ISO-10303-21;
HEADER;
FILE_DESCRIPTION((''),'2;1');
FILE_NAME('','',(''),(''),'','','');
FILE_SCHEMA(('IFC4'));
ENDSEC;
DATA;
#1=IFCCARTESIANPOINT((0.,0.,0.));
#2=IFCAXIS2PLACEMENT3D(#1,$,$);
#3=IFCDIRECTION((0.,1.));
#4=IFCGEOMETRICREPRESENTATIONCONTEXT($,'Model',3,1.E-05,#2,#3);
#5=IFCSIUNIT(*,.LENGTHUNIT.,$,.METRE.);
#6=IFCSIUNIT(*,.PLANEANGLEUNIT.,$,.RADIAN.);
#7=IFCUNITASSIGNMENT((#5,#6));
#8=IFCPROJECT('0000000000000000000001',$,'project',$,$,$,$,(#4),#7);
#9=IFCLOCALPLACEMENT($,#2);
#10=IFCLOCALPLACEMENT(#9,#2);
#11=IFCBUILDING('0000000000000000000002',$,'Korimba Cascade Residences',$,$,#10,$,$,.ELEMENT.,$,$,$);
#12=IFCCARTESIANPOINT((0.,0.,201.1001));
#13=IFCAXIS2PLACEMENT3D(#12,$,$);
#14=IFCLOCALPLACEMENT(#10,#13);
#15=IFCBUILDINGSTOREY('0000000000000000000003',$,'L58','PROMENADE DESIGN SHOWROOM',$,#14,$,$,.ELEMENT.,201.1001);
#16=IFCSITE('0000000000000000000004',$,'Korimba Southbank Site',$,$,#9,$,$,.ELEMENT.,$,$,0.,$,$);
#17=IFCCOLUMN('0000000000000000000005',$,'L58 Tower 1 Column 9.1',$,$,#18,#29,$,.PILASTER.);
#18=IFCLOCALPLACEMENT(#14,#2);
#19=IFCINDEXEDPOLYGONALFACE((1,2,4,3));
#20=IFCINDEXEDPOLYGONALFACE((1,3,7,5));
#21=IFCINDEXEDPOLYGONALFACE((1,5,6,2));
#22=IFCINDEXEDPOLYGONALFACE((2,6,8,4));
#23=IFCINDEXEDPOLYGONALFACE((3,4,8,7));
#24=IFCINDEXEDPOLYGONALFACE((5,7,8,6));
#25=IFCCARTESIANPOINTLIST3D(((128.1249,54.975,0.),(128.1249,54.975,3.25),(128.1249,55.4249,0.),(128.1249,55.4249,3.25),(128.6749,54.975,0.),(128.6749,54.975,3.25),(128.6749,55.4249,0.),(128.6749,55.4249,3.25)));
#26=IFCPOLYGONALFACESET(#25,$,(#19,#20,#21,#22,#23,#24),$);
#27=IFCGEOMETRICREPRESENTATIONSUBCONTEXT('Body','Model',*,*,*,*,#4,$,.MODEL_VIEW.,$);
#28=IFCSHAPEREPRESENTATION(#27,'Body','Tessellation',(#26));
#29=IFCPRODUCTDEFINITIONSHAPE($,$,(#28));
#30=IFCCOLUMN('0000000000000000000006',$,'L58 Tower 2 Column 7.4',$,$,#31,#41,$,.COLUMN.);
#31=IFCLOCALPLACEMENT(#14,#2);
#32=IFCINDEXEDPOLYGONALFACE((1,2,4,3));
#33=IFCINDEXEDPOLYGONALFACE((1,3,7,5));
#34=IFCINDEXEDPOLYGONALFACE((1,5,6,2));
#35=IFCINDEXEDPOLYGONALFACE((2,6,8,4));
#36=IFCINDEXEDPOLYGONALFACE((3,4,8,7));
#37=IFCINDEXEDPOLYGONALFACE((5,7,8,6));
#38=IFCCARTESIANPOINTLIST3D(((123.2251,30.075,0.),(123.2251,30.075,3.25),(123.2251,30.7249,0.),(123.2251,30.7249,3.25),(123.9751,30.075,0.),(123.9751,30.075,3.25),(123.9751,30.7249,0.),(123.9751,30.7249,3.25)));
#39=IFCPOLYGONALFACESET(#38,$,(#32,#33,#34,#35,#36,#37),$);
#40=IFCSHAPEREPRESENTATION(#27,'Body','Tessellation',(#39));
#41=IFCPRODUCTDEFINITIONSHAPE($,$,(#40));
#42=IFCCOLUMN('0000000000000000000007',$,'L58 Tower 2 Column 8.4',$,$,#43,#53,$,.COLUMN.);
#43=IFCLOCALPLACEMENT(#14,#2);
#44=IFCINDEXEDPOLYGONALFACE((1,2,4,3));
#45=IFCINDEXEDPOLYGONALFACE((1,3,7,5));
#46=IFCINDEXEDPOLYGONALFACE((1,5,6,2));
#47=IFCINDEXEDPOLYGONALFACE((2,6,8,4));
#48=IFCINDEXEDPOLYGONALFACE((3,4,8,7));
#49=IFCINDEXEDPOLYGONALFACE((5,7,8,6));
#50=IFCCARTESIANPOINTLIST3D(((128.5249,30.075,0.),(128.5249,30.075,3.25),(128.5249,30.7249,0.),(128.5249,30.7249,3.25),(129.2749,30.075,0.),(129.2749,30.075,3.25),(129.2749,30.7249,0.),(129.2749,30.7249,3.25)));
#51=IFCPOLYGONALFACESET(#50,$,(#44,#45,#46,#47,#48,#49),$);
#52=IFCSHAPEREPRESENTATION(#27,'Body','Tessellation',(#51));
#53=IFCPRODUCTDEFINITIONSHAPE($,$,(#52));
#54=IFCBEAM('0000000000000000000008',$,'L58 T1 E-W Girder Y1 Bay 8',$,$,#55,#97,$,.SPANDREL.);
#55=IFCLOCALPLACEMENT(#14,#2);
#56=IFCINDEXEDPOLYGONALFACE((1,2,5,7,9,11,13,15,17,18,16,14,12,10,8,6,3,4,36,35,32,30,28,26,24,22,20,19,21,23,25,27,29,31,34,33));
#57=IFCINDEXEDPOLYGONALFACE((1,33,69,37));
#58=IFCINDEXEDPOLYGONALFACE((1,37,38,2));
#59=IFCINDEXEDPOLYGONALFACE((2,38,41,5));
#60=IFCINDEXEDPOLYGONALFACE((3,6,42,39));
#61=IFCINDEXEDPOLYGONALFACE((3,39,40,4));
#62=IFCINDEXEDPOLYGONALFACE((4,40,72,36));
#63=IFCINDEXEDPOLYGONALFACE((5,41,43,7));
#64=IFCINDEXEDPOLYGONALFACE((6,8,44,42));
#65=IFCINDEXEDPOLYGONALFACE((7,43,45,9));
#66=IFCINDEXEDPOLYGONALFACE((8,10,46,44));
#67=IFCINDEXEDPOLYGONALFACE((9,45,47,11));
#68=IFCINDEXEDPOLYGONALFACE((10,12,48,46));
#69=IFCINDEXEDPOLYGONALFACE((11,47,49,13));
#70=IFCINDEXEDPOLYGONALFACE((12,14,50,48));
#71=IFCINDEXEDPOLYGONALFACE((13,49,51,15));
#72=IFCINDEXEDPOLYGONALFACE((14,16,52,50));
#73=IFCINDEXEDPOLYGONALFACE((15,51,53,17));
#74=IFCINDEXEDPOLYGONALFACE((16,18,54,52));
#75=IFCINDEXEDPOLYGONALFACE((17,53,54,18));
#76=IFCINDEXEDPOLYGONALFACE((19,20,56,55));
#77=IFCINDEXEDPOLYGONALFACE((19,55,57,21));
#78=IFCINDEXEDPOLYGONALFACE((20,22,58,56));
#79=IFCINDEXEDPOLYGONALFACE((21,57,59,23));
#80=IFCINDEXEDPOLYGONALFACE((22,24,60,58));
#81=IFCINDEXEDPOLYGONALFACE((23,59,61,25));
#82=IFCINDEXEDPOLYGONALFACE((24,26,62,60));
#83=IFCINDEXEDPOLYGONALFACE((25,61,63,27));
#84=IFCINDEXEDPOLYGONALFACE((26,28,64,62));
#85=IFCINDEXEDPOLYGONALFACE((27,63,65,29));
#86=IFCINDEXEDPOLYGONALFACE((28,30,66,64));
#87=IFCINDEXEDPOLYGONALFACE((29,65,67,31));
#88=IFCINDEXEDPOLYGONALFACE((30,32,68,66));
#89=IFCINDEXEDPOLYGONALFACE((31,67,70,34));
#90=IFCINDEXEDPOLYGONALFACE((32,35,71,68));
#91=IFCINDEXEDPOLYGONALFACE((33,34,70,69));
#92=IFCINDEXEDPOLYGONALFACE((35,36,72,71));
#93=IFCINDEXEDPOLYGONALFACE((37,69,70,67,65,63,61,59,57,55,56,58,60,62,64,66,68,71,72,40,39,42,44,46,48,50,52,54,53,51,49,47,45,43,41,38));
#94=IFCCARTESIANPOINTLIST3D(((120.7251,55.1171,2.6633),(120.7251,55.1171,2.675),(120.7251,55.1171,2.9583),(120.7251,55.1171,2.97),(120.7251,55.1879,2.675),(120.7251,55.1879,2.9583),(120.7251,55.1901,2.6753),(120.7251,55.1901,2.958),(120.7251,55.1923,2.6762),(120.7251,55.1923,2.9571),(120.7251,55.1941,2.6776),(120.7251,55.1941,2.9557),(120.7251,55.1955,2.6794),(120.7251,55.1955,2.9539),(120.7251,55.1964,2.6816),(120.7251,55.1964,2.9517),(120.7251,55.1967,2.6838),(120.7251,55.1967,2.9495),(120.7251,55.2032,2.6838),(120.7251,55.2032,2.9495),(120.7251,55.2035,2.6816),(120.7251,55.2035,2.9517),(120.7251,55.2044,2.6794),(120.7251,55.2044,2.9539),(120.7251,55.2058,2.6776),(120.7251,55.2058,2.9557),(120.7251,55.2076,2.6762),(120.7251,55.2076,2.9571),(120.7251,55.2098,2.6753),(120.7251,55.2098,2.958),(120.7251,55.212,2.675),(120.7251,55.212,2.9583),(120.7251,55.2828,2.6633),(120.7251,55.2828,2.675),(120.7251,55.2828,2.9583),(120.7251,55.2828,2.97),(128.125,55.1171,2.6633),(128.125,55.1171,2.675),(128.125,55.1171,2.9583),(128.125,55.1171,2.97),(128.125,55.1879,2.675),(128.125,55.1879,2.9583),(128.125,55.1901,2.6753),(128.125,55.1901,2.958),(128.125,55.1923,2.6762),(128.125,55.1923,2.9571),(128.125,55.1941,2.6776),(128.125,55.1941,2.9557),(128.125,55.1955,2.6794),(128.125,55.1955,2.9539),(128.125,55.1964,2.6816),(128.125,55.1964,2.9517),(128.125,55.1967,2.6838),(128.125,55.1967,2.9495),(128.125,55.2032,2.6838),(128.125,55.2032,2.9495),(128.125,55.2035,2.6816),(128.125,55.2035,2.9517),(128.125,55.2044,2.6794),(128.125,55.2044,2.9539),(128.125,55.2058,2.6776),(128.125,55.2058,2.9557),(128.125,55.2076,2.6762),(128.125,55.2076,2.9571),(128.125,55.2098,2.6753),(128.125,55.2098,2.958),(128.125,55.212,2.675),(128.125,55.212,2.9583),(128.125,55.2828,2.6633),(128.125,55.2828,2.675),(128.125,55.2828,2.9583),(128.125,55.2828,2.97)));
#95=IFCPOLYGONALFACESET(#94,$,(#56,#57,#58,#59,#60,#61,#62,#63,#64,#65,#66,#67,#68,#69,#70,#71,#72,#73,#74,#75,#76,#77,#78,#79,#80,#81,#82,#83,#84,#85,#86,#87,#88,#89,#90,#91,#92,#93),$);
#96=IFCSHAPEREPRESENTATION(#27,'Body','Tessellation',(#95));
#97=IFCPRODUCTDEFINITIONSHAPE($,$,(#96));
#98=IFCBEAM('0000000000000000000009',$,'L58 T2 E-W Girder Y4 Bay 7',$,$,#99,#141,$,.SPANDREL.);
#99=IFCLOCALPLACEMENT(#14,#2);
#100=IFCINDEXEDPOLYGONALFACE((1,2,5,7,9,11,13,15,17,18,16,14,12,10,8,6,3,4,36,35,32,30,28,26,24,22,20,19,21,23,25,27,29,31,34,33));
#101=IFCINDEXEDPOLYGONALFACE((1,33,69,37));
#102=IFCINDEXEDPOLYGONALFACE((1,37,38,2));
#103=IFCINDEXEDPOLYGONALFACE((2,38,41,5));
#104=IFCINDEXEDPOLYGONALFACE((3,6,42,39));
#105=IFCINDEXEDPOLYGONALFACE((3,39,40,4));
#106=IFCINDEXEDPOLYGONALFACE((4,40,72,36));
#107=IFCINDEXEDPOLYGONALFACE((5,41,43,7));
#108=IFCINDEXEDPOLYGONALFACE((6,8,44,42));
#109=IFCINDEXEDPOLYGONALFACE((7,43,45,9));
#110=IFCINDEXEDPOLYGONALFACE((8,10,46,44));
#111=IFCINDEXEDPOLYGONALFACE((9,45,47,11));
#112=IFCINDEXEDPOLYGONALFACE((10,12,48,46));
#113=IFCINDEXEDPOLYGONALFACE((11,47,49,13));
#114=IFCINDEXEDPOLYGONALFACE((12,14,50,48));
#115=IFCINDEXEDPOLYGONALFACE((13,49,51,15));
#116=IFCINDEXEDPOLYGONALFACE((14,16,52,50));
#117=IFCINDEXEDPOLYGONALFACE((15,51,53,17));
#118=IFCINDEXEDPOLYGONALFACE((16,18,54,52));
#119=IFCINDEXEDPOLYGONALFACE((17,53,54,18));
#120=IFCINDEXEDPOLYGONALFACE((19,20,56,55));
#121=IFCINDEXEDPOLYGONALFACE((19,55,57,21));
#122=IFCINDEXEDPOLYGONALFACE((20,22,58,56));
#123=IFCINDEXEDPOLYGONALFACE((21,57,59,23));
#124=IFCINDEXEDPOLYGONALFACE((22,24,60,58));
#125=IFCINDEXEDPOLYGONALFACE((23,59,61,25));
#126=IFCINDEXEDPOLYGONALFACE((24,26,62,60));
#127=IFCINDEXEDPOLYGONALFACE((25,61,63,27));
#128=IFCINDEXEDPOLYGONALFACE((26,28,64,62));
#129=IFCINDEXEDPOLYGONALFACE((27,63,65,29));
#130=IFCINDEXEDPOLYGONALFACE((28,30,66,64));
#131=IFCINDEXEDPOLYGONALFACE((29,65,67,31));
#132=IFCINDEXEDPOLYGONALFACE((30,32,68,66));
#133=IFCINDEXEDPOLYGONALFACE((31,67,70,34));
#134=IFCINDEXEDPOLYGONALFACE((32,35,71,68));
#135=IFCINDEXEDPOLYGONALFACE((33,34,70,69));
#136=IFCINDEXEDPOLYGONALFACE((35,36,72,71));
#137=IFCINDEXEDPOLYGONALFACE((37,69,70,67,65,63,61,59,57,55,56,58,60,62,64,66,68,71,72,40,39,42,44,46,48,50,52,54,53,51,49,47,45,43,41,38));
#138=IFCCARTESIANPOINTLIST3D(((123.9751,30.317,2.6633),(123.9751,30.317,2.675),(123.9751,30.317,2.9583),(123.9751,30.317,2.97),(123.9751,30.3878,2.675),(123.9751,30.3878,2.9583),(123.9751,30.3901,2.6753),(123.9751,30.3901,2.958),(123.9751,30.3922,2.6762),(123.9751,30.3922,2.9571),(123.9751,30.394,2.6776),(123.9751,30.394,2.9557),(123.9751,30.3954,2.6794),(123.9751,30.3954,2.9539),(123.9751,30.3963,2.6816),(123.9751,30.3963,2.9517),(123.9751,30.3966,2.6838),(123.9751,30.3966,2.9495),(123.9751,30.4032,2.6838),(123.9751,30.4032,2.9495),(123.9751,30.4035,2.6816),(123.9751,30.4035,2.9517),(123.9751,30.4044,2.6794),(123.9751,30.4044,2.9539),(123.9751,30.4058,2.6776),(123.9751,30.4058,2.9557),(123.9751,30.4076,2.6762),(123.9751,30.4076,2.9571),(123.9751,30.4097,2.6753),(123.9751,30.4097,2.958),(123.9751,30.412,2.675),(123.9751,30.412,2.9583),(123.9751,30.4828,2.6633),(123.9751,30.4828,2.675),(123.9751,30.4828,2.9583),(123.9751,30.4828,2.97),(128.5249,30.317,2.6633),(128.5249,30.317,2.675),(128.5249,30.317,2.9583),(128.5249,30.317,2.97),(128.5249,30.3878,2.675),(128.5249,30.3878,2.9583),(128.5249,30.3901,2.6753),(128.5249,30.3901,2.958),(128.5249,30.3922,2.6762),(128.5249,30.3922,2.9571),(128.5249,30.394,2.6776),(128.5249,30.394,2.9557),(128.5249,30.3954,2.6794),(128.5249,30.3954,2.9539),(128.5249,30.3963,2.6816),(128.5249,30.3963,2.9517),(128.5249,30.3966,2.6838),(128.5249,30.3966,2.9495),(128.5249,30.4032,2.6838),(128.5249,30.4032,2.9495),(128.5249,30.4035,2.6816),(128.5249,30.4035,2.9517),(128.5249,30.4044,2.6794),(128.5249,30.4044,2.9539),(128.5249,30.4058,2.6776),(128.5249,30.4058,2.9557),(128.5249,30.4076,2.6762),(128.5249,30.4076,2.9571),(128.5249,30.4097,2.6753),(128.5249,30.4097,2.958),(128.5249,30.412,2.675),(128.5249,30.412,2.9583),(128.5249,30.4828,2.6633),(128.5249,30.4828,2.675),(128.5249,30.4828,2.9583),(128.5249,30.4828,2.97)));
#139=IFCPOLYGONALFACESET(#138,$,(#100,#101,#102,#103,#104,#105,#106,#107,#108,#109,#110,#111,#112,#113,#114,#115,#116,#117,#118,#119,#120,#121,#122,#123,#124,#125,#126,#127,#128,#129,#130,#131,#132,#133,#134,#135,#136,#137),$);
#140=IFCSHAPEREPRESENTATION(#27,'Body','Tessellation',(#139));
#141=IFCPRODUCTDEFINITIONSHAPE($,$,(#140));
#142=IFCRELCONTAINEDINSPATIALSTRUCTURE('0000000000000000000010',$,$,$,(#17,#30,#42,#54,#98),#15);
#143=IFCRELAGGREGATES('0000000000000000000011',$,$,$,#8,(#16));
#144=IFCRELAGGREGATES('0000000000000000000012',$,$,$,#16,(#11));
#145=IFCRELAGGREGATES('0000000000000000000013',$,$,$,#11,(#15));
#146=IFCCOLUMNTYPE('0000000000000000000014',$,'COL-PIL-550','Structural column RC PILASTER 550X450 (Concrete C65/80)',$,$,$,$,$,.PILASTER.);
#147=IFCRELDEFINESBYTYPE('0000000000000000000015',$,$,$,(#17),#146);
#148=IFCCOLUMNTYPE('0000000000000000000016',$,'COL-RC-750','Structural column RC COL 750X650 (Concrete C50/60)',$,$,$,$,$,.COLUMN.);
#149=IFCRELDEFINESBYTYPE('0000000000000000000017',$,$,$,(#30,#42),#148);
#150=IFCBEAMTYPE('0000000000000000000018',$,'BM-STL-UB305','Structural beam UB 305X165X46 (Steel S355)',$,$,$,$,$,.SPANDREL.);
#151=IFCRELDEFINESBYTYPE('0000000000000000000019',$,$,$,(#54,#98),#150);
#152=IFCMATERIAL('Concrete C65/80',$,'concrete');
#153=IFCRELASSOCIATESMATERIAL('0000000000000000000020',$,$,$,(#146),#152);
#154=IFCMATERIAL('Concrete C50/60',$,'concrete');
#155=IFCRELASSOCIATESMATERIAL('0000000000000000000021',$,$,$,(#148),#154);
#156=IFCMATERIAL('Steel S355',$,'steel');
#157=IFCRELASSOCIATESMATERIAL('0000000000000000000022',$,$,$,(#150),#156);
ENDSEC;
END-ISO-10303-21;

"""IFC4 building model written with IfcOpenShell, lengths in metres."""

from ifc_helpers import new_model, si_unit, direction, frame, origin, origin_2d, place, context, subcontext, project, spatial, rectangle, i_section, extrude, material, material_profile, profile_set, type_object, element, save


model = new_model("IFC4")

# Units and contexts
model_context = context("Model", 3, precision=1e-05, world=origin(), true_north=direction((0.0, 1.0)))
body_context = subcontext(model_context, "Body", "Model", "MODEL_VIEW")
ifc_project = project(units=[si_unit("LENGTHUNIT", "METRE"), si_unit("PLANEANGLEUNIT", "RADIAN")], contexts=[model_context])

# Site, building, storey
site_placement = place(None, origin())
site = spatial("IfcSite", under=ifc_project, at=site_placement, Name="Korimba Southbank Site", CompositionType="ELEMENT", RefElevation=0.0)
building_placement = place(site_placement, origin())
building = spatial("IfcBuilding", under=site, at=building_placement, Name="Korimba Cascade Residences", CompositionType="ELEMENT")
storey_placement = place(building_placement, frame((0.0, 0.0, 201.1001)))
storey = spatial("IfcBuildingStorey", under=building, at=storey_placement, Name="L58", Description="PROMENADE DESIGN SHOWROOM", CompositionType="ELEMENT", Elevation=201.1001)

# Columns
ifc_material_1 = material(Name="Concrete C65/80", Category="concrete")
ifc_material_profile_1 = material_profile(ifc_material_1, rectangle(XDim=0.55, YDim=0.45, at=origin_2d()), Name="Concrete C65/80")
ifc_profile_set_1 = profile_set([ifc_material_profile_1], Name="Concrete C65/80")
column_type_1 = type_object("IfcColumnType", Name="COL-PIL-550", Description="Structural column RC PILASTER 550X450 (Concrete C65/80)", PredefinedType="PILASTER", material=ifc_profile_set_1)
column_placement = place(storey_placement, frame((128.3999, 55.2, 0.0), z_axis=(0.0, 0.0, 1.0), x_axis=(1.0, 0.0, 0.0)))
element("IfcColumn", 1, at=column_placement, inside=storey, type_object=column_type_1, Name="L58 Tower 1 Column 9.1", PredefinedType="PILASTER", context=body_context, shape_type="SweptSolid", body=[
    extrude(rectangle(XDim=0.55, YDim=0.45, at=origin_2d()), origin(), (0.0, 0.0, 1.0), 3.25),
])
ifc_material_2 = material(Name="Concrete C50/60", Category="concrete")
ifc_material_profile_2 = material_profile(ifc_material_2, rectangle(XDim=0.75, YDim=0.6499, at=origin_2d()), Name="Concrete C50/60")
ifc_profile_set_2 = profile_set([ifc_material_profile_2], Name="Concrete C50/60")
column_type_2 = type_object("IfcColumnType", Name="COL-RC-750", Description="Structural column RC COL 750X650 (Concrete C50/60)", PredefinedType="COLUMN", material=ifc_profile_set_2)
for number, where, z_axis, x_axis, name in (
    (2, (123.6001, 30.3999, 0.0), (0.0, 0.0, 1.0), (1.0, 0.0, 0.0), "L58 Tower 2 Column 7.4"),
    (3, (128.8999, 30.3999, 0.0), (0.0, 0.0, 1.0), (1.0, 0.0, 0.0), "L58 Tower 2 Column 8.4"),
):
    element("IfcColumn", number, at=place(storey_placement, frame(where, z_axis=z_axis, x_axis=x_axis)), inside=storey, type_object=column_type_2, Name=name, PredefinedType="COLUMN", context=body_context, shape_type="SweptSolid", body=[
        extrude(rectangle(XDim=0.75, YDim=0.6499, at=origin_2d()), origin(), (0.0, 0.0, 1.0), 3.25),
    ])

# Beams
ifc_material_3 = material(Name="Steel S355", Category="steel")
ifc_material_profile_3 = material_profile(ifc_material_3, i_section(OverallWidth=0.1658, OverallDepth=0.3066, WebThickness=0.0066, FlangeThickness=0.0117, FilletRadius=0.0088, at=origin_2d()), Name="Steel S355")
ifc_profile_set_3 = profile_set([ifc_material_profile_3], Name="Steel S355")
beam_type = type_object("IfcBeamType", Name="BM-STL-UB305", Description="Structural beam UB 305X165X46 (Steel S355)", PredefinedType="SPANDREL", material=ifc_profile_set_3)
beam_1_placement = place(storey_placement, frame((120.7251, 55.2, 2.8167), z_axis=(1.0, 0.0, 0.0), x_axis=(0.0, 1.0, 0.0)))
element("IfcBeam", 4, at=beam_1_placement, inside=storey, type_object=beam_type, Name="L58 T1 E-W Girder Y1 Bay 8", PredefinedType="SPANDREL", context=body_context, shape_type="SweptSolid", body=[
    extrude(i_section(OverallWidth=0.1658, OverallDepth=0.3066, WebThickness=0.0066, FlangeThickness=0.0117, FilletRadius=0.0088, at=origin_2d()), origin(), (0.0, 0.0, 1.0), 7.3999),
])
beam_2_placement = place(storey_placement, frame((123.9751, 30.3999, 2.8167), z_axis=(1.0, 0.0, 0.0), x_axis=(0.0, 1.0, 0.0)))
element("IfcBeam", 5, at=beam_2_placement, inside=storey, type_object=beam_type, Name="L58 T2 E-W Girder Y4 Bay 7", PredefinedType="SPANDREL", context=body_context, shape_type="SweptSolid", body=[
    extrude(i_section(OverallWidth=0.1658, OverallDepth=0.3066, WebThickness=0.0066, FlangeThickness=0.0117, FilletRadius=0.0088, at=origin_2d()), origin(), (0.0, 0.0, 1.0), 4.5498),
])

save(model, "model.ifc")
